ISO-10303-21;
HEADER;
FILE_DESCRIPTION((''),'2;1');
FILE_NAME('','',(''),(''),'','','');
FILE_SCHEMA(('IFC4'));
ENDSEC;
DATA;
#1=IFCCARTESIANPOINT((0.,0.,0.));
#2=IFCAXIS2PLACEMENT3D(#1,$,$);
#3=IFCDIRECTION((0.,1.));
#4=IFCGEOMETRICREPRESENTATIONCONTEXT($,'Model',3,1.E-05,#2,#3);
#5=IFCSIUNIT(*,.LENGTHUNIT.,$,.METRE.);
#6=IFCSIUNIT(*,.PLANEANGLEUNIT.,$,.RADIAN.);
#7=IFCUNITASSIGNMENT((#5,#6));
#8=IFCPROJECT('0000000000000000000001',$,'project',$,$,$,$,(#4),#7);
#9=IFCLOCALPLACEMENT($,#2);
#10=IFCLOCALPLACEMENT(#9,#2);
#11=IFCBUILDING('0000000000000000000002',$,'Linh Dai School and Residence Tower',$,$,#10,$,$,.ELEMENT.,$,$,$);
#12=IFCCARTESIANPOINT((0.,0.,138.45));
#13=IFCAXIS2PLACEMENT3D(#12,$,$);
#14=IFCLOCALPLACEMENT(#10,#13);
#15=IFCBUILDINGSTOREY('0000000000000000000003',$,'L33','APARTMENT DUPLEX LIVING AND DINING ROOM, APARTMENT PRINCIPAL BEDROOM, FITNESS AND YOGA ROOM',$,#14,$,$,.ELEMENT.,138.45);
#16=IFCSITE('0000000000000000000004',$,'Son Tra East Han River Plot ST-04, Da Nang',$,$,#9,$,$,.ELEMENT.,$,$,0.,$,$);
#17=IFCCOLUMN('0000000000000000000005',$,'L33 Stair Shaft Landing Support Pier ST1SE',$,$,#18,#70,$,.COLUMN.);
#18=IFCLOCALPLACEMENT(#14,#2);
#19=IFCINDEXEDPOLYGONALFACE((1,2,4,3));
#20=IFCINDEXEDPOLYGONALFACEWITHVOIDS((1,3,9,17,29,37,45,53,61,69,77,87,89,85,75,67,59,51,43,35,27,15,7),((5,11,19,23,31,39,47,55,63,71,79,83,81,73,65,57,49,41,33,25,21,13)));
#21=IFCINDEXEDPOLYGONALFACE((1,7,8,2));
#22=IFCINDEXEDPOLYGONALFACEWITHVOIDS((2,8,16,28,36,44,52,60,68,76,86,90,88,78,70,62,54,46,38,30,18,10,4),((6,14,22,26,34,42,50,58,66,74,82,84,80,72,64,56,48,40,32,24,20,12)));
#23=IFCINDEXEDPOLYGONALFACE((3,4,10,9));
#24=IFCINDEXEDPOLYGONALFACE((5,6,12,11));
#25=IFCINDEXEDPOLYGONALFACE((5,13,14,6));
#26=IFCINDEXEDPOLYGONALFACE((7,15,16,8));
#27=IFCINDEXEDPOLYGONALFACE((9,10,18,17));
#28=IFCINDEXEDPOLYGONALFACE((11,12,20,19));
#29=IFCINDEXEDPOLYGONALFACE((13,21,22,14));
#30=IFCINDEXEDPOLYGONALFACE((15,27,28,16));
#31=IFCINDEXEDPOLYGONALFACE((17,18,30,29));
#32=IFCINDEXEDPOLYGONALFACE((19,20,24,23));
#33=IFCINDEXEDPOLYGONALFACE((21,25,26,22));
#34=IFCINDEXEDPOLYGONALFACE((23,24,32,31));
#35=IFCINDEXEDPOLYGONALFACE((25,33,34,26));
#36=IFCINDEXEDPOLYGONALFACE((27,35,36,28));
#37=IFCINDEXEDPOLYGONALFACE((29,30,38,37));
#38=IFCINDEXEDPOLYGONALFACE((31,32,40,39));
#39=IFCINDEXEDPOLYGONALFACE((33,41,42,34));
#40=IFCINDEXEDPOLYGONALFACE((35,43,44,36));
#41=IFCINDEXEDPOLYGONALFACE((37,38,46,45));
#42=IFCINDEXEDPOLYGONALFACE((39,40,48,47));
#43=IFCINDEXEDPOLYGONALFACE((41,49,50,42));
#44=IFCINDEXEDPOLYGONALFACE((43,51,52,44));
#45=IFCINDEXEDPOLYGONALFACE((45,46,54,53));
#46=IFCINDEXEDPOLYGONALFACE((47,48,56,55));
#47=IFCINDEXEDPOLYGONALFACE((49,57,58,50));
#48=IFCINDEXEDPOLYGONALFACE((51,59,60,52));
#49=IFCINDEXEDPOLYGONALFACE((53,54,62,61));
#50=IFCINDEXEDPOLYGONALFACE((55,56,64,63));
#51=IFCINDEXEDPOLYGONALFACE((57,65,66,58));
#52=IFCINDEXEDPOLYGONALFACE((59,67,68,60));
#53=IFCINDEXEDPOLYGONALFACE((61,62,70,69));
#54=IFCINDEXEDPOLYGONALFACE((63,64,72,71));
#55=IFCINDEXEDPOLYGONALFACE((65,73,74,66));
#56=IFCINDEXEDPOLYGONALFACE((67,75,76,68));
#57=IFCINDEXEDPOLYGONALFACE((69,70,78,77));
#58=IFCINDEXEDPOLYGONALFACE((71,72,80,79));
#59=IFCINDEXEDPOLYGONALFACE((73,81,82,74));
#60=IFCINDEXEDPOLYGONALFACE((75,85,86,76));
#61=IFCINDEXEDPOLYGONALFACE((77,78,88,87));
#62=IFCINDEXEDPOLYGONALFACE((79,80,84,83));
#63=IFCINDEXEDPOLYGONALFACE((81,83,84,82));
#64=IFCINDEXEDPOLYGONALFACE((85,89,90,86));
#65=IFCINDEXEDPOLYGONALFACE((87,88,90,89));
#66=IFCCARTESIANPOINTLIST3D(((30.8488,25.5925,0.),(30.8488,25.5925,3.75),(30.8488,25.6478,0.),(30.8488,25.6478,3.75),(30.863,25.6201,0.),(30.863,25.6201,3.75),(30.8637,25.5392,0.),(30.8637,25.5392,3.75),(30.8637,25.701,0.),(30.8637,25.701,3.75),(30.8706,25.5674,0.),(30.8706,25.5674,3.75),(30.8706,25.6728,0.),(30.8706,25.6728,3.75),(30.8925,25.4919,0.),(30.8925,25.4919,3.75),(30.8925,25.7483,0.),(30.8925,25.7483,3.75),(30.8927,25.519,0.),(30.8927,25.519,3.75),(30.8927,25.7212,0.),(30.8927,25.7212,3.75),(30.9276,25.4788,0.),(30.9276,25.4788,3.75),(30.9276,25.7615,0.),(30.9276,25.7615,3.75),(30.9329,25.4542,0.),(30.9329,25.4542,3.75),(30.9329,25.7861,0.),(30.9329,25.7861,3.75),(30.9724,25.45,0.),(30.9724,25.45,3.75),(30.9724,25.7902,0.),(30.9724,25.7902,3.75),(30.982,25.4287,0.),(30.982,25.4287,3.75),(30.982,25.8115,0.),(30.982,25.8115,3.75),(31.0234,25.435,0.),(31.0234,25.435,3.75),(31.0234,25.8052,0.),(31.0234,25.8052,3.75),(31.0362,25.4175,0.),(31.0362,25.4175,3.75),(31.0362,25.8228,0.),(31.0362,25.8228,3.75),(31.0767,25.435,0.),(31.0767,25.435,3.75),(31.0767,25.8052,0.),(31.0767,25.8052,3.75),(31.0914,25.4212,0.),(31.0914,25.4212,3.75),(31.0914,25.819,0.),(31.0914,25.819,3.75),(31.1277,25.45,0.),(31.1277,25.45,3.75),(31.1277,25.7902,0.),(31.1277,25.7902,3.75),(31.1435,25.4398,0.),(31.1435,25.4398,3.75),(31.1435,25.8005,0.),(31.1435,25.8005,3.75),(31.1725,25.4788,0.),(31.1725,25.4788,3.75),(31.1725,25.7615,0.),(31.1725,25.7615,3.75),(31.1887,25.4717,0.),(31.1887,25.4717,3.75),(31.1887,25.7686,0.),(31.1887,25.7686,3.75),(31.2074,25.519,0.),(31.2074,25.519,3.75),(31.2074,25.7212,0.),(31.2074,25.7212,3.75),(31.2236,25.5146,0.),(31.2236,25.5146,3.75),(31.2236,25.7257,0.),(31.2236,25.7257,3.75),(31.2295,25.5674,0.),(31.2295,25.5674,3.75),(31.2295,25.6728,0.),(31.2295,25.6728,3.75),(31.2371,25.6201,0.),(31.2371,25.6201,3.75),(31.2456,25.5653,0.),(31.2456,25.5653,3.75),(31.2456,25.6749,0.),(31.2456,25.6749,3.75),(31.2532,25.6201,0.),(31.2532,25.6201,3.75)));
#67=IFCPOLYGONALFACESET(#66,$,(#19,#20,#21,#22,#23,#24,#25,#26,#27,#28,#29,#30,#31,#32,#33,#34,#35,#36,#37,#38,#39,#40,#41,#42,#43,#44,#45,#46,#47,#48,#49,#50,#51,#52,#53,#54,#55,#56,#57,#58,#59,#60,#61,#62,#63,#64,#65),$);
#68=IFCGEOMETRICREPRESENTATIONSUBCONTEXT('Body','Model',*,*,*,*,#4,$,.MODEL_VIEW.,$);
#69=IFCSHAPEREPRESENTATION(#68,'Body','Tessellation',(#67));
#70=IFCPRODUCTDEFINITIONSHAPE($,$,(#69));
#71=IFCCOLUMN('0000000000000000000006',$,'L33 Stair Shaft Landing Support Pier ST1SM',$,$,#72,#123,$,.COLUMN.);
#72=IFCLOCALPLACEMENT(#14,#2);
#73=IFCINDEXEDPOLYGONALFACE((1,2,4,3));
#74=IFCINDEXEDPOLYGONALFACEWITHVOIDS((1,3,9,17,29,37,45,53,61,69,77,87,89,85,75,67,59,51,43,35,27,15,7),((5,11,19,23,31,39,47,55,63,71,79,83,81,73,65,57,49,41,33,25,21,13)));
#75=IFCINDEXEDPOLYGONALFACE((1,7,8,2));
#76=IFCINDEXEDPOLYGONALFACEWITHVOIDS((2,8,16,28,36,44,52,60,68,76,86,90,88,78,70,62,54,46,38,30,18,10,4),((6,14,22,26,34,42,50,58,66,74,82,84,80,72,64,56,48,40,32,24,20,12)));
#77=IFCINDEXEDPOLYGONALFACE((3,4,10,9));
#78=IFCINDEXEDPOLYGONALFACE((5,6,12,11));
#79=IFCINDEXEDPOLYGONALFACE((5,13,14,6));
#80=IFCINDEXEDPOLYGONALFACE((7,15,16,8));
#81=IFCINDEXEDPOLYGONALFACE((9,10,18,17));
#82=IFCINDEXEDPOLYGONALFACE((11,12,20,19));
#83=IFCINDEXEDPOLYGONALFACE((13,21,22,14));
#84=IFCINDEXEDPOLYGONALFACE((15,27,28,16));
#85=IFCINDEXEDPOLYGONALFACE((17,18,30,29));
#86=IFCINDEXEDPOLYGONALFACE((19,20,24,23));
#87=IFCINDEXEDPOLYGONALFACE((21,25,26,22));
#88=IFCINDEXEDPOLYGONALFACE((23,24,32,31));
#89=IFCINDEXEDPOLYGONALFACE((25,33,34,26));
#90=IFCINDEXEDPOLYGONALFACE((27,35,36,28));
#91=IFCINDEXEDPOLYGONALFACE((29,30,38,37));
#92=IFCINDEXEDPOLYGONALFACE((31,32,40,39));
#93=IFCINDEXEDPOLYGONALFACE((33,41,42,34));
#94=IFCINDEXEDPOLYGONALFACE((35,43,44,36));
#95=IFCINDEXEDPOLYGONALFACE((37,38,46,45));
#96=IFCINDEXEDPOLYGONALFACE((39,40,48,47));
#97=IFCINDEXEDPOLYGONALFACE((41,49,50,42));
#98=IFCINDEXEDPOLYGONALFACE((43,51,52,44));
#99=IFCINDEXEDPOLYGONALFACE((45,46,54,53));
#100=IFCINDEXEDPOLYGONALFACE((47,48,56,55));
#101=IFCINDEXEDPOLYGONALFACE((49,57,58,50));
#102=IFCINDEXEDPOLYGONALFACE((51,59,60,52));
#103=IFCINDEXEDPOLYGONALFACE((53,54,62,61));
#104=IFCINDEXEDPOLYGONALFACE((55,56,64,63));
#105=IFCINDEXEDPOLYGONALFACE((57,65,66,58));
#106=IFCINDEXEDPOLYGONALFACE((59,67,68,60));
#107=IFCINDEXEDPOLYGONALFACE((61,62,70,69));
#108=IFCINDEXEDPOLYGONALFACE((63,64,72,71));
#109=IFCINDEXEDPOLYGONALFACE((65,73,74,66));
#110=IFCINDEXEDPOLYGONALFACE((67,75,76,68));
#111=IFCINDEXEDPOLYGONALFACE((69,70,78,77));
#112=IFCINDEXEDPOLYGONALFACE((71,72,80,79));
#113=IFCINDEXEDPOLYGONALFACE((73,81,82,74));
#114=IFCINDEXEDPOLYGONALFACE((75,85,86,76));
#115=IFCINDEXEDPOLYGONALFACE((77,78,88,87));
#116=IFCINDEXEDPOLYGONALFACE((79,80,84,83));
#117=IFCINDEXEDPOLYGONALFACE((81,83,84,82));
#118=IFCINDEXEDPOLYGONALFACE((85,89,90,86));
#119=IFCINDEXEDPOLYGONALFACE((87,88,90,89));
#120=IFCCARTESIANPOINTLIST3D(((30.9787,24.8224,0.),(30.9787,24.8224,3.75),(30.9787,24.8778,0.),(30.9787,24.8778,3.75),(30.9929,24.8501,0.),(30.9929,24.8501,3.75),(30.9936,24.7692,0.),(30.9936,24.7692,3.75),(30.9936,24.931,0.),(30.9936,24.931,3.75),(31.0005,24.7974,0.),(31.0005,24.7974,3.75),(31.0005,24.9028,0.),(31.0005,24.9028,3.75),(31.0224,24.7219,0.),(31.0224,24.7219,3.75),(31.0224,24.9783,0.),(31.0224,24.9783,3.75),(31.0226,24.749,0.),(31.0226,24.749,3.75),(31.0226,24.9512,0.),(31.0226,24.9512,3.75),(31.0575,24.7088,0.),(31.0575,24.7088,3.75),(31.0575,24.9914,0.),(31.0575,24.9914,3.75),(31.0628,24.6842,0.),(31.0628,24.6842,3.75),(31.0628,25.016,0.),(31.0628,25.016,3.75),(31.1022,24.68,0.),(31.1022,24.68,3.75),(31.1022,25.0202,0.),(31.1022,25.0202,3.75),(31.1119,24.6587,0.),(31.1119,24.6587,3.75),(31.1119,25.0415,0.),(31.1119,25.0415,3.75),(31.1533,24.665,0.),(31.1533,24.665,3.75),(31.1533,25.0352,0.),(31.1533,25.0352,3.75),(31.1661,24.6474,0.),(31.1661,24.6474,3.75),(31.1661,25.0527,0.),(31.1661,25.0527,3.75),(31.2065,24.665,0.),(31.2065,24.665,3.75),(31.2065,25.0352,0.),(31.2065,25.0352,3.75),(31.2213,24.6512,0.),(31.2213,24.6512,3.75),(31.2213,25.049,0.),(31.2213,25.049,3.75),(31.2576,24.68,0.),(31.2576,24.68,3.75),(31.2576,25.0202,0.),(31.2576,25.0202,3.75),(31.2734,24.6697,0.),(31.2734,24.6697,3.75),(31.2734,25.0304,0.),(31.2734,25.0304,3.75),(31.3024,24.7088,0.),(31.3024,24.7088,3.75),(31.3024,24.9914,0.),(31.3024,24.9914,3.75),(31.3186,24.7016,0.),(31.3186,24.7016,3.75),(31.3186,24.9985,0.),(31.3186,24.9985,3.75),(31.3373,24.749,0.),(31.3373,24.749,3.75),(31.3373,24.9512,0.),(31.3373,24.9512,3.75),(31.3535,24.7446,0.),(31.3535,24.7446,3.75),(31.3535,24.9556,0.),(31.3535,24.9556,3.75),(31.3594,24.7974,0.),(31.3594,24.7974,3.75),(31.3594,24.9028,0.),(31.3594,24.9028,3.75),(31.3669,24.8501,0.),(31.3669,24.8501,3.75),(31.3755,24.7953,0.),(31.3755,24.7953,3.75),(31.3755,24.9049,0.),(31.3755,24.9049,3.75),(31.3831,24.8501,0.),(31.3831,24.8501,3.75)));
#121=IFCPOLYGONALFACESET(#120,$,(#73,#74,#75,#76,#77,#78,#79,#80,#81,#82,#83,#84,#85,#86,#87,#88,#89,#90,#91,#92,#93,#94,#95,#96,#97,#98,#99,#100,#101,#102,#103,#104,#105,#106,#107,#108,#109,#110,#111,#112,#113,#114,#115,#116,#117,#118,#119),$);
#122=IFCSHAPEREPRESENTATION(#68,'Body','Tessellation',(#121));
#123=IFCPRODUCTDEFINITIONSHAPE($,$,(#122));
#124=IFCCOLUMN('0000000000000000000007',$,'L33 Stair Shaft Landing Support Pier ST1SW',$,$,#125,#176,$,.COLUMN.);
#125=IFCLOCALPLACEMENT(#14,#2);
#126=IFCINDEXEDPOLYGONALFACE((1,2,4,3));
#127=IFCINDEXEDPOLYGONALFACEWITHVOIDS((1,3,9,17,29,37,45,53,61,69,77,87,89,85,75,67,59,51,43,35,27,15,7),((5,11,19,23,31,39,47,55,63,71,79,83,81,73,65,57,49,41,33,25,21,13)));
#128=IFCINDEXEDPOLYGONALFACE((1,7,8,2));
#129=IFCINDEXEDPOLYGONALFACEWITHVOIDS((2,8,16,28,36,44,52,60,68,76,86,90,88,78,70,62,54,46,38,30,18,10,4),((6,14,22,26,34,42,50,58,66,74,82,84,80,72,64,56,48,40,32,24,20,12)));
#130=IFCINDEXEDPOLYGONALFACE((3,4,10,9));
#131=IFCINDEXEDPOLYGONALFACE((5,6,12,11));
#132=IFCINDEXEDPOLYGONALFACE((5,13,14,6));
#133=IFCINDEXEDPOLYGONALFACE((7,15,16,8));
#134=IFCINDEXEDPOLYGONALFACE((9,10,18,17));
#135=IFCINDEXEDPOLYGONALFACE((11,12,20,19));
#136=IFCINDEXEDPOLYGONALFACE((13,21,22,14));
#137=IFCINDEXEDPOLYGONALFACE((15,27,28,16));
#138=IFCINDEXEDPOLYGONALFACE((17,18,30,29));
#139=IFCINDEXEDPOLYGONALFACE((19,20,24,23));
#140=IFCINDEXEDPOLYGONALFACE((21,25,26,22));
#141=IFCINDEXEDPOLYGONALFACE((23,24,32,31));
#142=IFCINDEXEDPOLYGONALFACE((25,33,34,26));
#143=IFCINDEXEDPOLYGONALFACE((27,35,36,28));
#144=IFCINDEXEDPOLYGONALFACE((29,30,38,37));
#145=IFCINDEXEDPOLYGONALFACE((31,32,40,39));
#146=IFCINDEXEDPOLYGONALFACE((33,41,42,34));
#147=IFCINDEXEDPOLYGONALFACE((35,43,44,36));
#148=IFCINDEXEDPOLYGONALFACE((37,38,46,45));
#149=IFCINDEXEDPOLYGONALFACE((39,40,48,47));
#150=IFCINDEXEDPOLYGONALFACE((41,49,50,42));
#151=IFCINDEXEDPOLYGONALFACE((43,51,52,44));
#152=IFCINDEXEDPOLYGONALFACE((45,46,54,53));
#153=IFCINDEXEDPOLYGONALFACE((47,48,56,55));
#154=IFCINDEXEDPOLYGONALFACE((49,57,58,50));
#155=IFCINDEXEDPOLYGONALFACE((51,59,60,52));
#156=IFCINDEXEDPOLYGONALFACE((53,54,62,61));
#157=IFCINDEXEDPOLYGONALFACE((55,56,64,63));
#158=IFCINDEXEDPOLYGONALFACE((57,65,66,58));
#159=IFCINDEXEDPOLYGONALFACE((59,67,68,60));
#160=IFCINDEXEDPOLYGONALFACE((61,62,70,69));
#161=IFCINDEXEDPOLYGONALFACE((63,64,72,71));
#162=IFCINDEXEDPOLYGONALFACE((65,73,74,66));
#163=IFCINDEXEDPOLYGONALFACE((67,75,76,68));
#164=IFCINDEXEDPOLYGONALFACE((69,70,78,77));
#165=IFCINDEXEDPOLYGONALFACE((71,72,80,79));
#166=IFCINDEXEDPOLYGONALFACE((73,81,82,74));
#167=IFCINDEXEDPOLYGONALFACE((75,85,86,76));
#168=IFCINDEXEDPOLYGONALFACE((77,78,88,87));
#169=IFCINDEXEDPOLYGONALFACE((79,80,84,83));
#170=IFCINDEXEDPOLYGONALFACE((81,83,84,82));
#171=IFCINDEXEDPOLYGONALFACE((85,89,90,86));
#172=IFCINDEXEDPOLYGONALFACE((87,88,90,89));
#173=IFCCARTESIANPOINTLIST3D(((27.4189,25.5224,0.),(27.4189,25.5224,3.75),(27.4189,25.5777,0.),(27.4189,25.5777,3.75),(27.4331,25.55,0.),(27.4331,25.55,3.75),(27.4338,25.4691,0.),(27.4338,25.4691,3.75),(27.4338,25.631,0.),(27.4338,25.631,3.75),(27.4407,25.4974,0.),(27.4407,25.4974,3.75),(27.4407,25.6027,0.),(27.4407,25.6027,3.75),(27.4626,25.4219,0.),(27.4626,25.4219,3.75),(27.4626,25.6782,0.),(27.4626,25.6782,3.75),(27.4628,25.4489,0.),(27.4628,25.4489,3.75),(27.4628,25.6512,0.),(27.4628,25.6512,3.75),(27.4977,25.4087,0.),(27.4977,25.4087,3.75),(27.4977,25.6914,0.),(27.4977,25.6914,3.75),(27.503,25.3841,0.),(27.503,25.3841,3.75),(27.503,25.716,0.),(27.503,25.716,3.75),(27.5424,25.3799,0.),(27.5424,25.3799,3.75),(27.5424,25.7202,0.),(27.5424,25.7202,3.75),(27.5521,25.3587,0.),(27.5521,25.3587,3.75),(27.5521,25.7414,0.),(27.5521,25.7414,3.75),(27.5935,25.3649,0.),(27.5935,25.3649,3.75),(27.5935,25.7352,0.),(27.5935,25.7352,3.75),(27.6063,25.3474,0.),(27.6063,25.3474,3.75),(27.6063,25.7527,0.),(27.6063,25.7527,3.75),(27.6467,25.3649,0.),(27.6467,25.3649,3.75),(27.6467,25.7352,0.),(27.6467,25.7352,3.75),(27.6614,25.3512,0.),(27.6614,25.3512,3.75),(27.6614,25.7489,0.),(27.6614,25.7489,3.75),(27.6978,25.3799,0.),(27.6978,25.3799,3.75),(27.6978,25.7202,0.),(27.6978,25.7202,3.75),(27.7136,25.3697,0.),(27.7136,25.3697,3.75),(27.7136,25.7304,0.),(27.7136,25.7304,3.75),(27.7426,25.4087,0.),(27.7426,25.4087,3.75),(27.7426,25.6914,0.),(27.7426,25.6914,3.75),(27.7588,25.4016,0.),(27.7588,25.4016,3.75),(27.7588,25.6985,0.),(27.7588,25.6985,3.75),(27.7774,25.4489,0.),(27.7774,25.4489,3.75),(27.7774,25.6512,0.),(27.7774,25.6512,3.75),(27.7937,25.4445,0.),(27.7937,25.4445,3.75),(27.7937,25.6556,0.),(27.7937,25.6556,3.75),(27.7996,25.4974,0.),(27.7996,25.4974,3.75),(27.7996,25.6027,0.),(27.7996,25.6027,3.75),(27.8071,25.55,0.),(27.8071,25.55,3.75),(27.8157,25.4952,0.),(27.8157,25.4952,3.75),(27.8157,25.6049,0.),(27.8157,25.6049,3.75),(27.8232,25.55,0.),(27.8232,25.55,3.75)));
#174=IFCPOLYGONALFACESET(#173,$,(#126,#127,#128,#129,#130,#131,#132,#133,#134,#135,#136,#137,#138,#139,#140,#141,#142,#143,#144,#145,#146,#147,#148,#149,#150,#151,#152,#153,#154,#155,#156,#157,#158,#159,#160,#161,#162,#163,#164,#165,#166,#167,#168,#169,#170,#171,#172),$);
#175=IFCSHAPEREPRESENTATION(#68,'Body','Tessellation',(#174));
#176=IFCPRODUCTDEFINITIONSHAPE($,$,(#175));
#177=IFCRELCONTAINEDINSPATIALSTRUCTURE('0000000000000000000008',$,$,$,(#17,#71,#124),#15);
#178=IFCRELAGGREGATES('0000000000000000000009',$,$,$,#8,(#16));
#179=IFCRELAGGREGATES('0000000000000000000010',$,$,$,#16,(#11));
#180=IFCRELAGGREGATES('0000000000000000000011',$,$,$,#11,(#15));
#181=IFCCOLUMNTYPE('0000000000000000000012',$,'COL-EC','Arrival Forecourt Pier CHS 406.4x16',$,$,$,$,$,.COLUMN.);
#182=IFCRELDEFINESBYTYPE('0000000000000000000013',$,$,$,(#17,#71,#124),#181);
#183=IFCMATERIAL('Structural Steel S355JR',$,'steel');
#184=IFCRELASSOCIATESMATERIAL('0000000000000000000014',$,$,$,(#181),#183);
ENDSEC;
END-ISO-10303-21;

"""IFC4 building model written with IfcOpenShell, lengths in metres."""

from ifc_helpers import new_model, si_unit, direction, frame, origin, origin_2d, place, context, subcontext, project, spatial, hollow_circle, extrude, material, material_profile, profile_set, type_object, element, save


model = new_model("IFC4")

# Units and contexts
model_context = context("Model", 3, precision=1e-05, world=origin(), true_north=direction((0.0, 1.0)))
body_context = subcontext(model_context, "Body", "Model", "MODEL_VIEW")
ifc_project = project(units=[si_unit("LENGTHUNIT", "METRE"), si_unit("PLANEANGLEUNIT", "RADIAN")], contexts=[model_context])

# Site, building, storey
site_placement = place(None, origin())
site = spatial("IfcSite", under=ifc_project, at=site_placement, Name="Son Tra East Han River Plot ST-04, Da Nang", CompositionType="ELEMENT", RefElevation=0.0)
building_placement = place(site_placement, origin())
building = spatial("IfcBuilding", under=site, at=building_placement, Name="Linh Dai School and Residence Tower", CompositionType="ELEMENT")
storey_placement = place(building_placement, frame((0.0, 0.0, 138.45)))
storey = spatial("IfcBuildingStorey", under=building, at=storey_placement, Name="L33", Description="APARTMENT DUPLEX LIVING AND DINING ROOM, APARTMENT PRINCIPAL BEDROOM, FITNESS AND YOGA ROOM", CompositionType="ELEMENT", Elevation=138.45)

# Columns
ifc_material_1 = material(Name="Structural Steel S355JR", Category="steel")
ifc_material_profile_1 = material_profile(ifc_material_1, hollow_circle(Radius=0.2031, WallThickness=0.0161, at=origin_2d()), Name="CHS 406.4x16")
ifc_profile_set_1 = profile_set([ifc_material_profile_1], Name="Structural Steel S355JR")
column_type = type_object("IfcColumnType", Name="COL-EC", Description="Arrival Forecourt Pier CHS 406.4x16", PredefinedType="COLUMN", material=ifc_profile_set_1)
for number, where, z_axis, x_axis, name in (
    (1, (31.05, 25.6201, 0.0), (0.0, 0.0, 1.0), (1.0, 0.0, 0.0), "L33 Stair Shaft Landing Support Pier ST1SE"),
    (2, (31.1799, 24.8501, 0.0), (0.0, 0.0, 1.0), (1.0, 0.0, 0.0), "L33 Stair Shaft Landing Support Pier ST1SM"),
    (3, (27.6201, 25.55, 0.0), (0.0, 0.0, 1.0), (1.0, 0.0, 0.0), "L33 Stair Shaft Landing Support Pier ST1SW"),
):
    element("IfcColumn", number, at=place(storey_placement, frame(where, z_axis=z_axis, x_axis=x_axis)), inside=storey, type_object=column_type, Name=name, PredefinedType="COLUMN", context=body_context, shape_type="SweptSolid", body=[
        extrude(hollow_circle(Radius=0.2031, WallThickness=0.0161, at=origin_2d()), origin(), (0.0, 0.0, 1.0), 3.75),
    ])

save(model, "model.ifc")
